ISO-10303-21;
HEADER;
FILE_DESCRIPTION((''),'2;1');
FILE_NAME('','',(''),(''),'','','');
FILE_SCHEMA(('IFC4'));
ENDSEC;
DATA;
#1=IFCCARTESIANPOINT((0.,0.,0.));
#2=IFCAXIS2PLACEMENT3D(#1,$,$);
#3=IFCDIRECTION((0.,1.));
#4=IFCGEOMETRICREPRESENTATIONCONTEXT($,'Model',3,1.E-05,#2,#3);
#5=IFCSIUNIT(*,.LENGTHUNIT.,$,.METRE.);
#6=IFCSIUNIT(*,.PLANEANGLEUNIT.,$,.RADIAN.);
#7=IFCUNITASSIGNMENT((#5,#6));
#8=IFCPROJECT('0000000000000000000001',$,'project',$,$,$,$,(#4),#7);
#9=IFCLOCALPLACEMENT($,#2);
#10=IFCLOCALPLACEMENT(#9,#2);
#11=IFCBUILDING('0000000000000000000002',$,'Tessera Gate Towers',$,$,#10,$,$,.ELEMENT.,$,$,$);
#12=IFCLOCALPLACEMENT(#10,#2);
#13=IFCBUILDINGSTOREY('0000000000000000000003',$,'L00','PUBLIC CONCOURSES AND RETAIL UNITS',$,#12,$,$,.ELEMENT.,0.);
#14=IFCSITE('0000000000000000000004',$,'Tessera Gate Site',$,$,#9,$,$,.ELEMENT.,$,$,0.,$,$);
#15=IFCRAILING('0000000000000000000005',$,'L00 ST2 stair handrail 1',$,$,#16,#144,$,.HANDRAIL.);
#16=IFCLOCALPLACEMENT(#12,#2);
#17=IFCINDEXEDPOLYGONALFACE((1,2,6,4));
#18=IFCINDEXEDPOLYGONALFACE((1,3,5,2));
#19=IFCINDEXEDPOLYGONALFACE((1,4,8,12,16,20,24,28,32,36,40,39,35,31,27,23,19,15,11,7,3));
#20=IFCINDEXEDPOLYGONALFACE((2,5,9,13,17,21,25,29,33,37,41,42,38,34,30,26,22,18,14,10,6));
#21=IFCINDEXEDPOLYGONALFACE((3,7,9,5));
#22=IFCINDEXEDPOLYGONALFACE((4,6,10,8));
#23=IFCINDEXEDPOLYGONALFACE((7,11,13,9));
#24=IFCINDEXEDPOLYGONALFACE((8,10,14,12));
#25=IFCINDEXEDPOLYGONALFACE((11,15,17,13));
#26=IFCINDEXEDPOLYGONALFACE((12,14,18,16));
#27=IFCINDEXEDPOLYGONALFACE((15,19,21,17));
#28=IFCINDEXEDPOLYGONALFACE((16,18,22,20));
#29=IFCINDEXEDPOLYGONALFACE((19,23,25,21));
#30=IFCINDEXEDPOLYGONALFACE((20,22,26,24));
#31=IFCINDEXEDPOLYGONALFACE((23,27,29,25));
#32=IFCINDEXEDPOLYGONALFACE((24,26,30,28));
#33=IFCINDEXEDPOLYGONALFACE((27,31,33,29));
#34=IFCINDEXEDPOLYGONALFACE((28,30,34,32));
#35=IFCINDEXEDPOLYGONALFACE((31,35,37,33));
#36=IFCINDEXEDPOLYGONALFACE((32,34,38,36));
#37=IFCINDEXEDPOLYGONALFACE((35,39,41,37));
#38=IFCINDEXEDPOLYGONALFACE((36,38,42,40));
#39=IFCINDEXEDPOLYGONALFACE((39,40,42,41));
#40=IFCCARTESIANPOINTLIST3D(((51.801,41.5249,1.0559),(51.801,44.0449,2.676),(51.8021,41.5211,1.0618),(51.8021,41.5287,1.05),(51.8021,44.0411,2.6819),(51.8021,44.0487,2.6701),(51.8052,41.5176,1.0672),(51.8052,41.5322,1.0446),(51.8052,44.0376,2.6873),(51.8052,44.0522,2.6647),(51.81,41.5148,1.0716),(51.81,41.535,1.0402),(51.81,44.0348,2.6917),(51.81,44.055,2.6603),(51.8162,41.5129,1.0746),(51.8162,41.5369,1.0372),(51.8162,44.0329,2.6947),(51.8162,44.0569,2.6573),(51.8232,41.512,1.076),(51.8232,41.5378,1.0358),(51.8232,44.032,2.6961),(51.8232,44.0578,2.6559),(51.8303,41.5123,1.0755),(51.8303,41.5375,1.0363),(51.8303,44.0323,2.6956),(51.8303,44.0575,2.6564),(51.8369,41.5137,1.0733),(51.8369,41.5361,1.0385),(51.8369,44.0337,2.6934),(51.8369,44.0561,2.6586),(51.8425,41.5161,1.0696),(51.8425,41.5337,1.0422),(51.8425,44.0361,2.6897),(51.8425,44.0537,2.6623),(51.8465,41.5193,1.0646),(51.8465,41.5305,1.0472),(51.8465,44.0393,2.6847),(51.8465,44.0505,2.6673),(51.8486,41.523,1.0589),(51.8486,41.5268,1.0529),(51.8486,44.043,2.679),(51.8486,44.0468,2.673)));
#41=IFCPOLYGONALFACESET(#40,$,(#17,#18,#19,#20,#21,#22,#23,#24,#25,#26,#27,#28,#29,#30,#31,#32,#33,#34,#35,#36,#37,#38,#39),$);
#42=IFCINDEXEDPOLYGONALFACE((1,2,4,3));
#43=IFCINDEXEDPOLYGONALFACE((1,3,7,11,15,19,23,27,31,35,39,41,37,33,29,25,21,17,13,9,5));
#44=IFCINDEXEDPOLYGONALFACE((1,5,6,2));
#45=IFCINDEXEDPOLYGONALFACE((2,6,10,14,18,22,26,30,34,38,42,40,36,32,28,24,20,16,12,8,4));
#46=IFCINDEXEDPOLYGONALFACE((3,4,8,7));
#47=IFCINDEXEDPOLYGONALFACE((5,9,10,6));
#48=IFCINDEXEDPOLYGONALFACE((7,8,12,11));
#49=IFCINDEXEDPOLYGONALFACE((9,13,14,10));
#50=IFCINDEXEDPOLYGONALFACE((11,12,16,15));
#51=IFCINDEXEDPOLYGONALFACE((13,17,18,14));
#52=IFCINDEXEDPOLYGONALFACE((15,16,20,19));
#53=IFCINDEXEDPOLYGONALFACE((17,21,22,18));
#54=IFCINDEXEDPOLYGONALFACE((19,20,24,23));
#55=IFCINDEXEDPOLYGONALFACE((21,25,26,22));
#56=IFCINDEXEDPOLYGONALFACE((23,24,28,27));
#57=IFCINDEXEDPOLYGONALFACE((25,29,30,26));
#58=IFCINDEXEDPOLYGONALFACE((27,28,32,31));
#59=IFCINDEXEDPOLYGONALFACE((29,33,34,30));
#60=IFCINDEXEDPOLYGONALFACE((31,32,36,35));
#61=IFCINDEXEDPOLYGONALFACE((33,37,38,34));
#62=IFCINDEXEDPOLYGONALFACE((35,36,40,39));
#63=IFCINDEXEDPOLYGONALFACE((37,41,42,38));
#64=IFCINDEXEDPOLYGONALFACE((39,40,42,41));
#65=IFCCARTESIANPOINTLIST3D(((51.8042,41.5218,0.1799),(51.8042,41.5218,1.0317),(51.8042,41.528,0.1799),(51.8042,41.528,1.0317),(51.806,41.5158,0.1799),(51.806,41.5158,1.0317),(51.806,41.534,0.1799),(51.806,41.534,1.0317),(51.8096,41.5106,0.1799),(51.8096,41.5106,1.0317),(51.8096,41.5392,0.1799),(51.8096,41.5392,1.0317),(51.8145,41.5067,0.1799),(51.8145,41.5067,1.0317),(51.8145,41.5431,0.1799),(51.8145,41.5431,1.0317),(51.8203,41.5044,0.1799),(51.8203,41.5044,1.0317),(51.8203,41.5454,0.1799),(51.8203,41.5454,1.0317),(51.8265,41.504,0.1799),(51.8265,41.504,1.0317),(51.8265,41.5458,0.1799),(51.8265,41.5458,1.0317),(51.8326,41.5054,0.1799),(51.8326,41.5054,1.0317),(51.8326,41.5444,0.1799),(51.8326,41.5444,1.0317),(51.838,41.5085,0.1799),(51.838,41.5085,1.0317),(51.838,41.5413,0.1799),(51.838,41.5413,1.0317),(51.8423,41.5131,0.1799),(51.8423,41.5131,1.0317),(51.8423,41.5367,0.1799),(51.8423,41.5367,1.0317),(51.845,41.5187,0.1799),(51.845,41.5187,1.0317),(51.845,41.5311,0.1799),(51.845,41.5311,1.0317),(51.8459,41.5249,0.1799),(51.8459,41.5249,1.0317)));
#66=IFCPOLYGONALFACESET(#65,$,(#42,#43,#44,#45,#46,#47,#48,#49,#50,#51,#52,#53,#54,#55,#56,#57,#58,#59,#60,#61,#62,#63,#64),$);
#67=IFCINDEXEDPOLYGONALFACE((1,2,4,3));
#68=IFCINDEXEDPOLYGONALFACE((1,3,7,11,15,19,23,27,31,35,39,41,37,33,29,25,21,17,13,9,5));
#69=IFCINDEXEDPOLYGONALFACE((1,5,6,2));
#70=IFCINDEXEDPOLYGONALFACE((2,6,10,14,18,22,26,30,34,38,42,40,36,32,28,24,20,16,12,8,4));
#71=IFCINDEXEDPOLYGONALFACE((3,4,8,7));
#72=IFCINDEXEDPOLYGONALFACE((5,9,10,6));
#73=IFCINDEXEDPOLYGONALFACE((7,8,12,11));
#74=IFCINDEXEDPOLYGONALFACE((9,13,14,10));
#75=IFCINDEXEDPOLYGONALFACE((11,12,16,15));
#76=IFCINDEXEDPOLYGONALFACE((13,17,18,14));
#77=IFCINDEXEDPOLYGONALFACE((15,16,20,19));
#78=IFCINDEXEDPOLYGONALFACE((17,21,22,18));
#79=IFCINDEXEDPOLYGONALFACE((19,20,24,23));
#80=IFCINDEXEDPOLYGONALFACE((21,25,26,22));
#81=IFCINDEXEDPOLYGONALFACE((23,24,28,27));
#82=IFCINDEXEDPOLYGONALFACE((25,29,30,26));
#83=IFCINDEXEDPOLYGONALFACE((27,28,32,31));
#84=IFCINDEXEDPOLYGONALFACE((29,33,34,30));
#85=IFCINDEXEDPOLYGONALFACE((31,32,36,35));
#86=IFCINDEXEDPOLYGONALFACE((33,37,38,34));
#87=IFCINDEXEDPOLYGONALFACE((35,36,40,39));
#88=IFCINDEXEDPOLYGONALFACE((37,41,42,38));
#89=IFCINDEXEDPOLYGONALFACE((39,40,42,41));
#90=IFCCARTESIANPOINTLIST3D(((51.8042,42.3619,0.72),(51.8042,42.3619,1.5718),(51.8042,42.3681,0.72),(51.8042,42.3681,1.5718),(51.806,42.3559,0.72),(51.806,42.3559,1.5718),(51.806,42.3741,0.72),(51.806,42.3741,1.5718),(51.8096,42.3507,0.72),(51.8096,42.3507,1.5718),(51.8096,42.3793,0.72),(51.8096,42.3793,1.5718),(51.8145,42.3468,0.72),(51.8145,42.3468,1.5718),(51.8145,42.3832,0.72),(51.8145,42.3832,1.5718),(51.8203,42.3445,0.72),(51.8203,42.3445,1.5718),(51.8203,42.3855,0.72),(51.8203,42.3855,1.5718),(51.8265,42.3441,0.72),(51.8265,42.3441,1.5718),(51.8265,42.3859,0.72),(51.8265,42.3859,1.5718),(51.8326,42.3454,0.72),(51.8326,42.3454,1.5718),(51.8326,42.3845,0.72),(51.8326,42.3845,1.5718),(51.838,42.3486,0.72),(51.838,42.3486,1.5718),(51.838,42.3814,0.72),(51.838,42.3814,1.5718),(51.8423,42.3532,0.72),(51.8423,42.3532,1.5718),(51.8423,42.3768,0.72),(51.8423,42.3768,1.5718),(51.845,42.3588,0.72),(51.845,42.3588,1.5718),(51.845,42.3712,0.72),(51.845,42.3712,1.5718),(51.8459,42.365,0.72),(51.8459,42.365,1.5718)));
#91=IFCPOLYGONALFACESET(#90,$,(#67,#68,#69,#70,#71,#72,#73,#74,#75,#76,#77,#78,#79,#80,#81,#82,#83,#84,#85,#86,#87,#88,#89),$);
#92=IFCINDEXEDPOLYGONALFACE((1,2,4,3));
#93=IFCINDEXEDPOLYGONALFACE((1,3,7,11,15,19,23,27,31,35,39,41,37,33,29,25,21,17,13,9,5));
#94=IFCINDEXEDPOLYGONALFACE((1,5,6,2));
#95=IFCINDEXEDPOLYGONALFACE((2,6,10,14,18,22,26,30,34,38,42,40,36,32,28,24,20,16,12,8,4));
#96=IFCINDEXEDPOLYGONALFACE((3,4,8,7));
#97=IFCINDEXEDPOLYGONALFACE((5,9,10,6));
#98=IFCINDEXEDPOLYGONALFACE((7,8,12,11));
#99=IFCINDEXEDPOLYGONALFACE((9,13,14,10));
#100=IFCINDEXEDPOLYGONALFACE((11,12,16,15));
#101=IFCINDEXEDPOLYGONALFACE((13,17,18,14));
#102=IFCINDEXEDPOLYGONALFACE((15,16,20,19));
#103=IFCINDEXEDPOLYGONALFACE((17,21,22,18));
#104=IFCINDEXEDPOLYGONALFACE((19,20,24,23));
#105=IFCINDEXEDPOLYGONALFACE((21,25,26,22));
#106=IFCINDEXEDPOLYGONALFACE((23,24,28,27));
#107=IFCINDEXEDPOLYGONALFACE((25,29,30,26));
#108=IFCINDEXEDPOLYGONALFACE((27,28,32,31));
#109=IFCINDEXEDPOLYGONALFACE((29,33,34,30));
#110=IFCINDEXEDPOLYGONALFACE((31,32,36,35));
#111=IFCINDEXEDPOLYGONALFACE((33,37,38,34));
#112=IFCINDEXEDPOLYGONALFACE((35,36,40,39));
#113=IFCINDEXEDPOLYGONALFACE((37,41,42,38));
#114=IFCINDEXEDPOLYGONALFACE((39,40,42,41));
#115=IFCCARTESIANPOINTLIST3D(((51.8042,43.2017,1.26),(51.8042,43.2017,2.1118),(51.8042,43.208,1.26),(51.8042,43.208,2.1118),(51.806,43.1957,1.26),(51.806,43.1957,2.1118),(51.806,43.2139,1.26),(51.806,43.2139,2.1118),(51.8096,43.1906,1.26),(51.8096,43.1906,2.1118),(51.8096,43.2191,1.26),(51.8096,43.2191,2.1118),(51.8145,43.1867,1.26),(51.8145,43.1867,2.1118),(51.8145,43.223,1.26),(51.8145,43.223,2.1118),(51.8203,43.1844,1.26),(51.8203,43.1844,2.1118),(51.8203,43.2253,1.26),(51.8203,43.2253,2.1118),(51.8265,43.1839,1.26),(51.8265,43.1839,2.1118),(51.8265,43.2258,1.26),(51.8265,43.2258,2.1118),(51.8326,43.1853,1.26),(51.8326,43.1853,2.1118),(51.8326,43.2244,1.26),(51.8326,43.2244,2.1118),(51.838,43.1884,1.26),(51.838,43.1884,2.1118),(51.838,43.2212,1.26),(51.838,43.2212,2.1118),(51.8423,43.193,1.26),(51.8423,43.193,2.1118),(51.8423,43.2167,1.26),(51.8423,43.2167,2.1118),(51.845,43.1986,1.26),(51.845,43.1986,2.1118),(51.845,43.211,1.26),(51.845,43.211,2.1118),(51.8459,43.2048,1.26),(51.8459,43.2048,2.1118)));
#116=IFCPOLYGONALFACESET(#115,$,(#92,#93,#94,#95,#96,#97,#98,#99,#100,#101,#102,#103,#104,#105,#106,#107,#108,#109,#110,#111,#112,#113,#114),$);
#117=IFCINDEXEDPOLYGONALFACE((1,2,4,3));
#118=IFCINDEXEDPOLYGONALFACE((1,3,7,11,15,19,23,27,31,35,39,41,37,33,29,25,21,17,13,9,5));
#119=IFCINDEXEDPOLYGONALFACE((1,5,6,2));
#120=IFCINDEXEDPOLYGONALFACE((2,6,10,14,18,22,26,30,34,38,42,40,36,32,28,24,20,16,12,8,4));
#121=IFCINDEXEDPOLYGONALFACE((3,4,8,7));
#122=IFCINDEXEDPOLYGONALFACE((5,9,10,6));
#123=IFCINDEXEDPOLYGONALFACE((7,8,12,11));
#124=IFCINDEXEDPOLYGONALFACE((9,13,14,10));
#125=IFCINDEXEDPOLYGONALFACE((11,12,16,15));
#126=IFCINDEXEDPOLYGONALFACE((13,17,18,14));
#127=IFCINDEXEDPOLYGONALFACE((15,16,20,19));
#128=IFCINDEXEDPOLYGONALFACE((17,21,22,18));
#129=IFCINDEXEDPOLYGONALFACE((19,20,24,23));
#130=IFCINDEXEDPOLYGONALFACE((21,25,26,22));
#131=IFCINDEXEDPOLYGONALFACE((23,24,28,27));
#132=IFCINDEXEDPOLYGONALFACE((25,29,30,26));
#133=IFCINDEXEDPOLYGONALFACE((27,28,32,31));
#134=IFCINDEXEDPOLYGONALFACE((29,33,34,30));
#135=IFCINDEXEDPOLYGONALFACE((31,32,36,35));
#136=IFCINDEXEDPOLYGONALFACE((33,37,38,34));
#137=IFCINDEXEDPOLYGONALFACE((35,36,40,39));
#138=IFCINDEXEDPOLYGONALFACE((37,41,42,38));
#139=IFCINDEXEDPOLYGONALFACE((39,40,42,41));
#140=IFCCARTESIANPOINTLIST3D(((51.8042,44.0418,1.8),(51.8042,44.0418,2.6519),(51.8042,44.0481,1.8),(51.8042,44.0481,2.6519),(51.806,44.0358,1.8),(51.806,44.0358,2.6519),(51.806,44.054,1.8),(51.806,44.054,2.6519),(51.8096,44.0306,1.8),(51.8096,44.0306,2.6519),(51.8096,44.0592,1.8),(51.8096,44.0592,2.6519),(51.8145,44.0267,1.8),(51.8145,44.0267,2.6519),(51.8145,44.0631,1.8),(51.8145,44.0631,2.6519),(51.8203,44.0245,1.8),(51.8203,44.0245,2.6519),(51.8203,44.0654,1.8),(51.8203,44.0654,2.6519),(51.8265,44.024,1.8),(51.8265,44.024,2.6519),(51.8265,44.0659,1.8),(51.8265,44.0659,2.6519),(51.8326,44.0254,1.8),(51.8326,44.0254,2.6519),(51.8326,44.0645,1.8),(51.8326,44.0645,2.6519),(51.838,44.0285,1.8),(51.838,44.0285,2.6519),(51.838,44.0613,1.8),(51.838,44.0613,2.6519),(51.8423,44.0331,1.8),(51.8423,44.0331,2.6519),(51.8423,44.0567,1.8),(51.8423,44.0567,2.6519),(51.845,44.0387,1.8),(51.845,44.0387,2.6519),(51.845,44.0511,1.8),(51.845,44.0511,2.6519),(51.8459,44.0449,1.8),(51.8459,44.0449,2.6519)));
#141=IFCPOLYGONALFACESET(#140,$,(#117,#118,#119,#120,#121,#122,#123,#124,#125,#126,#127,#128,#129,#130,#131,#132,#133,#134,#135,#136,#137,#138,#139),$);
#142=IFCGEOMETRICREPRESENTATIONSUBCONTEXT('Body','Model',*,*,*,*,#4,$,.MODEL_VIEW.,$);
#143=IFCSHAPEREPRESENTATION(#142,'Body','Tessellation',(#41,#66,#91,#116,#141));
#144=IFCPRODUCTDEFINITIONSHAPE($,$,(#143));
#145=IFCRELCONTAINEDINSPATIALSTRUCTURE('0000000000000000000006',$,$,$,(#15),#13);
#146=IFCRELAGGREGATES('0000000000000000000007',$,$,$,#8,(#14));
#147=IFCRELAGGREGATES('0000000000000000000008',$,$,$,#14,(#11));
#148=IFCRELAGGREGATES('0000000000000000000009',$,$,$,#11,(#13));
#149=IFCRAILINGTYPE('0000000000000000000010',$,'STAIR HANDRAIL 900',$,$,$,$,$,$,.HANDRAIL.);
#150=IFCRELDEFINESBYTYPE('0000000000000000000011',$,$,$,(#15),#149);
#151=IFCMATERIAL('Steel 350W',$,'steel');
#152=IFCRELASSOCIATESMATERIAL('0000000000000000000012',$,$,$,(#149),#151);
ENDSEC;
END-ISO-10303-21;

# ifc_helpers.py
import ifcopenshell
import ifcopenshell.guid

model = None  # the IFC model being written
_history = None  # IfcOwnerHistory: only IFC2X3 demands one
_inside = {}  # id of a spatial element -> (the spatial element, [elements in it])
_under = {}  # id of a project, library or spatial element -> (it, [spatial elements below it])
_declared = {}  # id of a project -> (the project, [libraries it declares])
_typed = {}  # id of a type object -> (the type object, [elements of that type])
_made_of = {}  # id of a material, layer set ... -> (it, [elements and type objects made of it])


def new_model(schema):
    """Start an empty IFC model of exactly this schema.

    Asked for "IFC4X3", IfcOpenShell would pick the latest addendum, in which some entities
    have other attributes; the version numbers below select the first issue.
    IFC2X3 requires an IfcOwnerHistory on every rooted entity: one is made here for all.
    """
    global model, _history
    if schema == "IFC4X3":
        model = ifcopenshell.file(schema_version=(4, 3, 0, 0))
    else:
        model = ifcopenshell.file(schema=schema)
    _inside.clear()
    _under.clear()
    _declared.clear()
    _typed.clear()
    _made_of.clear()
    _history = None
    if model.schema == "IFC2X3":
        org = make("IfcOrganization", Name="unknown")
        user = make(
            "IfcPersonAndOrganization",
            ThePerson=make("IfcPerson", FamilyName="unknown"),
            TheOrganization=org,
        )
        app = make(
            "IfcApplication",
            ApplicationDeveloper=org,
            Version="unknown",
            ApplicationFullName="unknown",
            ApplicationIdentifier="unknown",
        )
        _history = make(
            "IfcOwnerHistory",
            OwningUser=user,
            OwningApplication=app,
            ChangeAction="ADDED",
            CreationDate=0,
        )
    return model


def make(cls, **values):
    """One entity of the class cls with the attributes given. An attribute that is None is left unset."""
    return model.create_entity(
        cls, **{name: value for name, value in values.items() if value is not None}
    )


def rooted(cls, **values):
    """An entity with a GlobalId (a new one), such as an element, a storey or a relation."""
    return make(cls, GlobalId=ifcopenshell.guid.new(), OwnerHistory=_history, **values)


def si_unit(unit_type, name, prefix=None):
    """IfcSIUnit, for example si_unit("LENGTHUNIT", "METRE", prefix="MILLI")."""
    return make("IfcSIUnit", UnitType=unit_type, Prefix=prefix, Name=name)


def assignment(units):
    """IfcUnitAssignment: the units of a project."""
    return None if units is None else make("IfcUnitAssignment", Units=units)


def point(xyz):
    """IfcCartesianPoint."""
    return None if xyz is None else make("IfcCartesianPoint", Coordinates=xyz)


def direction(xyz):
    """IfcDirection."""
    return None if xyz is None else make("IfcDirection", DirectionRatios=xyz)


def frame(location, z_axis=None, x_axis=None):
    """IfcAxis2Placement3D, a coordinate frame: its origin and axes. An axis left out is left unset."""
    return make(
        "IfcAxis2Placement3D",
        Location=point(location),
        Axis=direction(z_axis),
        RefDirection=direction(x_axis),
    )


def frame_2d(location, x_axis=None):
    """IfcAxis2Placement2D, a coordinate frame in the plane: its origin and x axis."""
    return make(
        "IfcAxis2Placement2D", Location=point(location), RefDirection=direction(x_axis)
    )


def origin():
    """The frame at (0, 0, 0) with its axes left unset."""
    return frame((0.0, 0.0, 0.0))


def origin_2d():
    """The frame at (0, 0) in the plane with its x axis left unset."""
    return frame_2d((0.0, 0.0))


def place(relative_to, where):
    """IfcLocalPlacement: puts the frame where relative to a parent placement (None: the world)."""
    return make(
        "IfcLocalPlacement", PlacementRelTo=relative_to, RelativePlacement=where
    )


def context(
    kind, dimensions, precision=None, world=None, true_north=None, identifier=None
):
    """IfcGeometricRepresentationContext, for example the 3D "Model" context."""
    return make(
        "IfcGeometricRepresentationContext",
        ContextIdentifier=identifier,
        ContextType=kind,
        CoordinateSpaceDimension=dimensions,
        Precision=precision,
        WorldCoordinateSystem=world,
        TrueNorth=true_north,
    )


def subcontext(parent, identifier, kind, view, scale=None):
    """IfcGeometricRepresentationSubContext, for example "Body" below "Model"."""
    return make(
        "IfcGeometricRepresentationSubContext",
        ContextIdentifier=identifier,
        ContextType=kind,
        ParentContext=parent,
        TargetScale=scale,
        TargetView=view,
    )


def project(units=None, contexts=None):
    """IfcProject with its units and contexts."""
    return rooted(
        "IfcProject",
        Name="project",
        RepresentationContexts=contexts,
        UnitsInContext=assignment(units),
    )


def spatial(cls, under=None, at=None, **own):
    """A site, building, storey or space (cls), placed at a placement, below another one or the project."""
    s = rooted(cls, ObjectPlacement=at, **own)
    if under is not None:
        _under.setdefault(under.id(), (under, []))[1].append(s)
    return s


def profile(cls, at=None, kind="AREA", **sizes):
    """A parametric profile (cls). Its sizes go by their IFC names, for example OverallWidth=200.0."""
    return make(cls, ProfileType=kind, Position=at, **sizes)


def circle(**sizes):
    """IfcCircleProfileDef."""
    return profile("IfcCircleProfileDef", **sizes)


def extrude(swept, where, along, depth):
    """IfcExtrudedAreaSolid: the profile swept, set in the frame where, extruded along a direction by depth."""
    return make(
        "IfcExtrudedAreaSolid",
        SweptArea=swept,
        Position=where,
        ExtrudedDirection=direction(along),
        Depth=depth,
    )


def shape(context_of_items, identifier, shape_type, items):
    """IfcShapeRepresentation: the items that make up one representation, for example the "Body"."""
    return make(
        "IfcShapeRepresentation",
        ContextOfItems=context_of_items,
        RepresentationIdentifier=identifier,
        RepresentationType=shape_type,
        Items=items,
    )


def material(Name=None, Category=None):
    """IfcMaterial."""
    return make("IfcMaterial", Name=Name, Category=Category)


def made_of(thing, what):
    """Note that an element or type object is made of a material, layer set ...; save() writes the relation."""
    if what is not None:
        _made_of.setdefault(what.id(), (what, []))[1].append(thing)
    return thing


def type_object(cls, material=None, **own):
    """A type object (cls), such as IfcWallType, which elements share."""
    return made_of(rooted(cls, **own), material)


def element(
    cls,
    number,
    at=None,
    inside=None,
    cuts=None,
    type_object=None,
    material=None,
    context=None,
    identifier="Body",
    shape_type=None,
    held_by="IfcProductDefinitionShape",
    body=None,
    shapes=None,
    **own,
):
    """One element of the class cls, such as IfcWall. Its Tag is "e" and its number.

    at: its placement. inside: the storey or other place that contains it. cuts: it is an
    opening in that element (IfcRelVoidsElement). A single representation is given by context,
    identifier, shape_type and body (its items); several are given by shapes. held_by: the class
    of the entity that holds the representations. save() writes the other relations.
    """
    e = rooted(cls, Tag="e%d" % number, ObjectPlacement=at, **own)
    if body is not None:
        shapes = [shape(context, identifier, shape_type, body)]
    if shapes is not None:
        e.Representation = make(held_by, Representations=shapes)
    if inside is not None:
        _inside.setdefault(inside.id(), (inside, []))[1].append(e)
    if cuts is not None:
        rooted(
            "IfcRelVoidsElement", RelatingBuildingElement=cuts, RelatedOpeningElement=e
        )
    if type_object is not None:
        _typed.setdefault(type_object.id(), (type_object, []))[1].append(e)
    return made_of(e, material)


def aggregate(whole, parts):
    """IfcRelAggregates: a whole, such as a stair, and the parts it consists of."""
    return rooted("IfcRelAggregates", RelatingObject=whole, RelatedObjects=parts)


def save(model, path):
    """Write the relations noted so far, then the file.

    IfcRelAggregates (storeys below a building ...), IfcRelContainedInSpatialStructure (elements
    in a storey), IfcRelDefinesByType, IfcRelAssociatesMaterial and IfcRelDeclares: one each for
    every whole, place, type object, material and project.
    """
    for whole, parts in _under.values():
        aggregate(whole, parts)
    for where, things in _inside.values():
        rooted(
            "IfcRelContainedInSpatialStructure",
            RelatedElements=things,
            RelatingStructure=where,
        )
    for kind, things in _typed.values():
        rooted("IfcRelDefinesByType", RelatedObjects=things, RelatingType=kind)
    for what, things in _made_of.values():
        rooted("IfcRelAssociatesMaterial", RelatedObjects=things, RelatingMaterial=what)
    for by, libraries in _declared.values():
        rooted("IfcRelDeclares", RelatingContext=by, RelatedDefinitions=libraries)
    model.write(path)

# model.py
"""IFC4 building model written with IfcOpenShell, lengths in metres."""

from ifc_helpers import new_model, si_unit, direction, frame, origin, origin_2d, place, context, subcontext, project, spatial, circle, extrude, material, type_object, element, save


model = new_model("IFC4")

# Units and contexts
model_context = context("Model", 3, precision=1e-05, world=origin(), true_north=direction((0.0, 1.0)))
body_context = subcontext(model_context, "Body", "Model", "MODEL_VIEW")
ifc_project = project(units=[si_unit("LENGTHUNIT", "METRE"), si_unit("PLANEANGLEUNIT", "RADIAN")], contexts=[model_context])

# Site, building, storey
site_placement = place(None, origin())
site = spatial("IfcSite", under=ifc_project, at=site_placement, Name="Tessera Gate Site", CompositionType="ELEMENT", RefElevation=0.0)
building_placement = place(site_placement, origin())
building = spatial("IfcBuilding", under=site, at=building_placement, Name="Tessera Gate Towers", CompositionType="ELEMENT")
storey_placement = place(building_placement, origin())
storey = spatial("IfcBuildingStorey", under=building, at=storey_placement, Name="L00", Description="PUBLIC CONCOURSES AND RETAIL UNITS", CompositionType="ELEMENT", Elevation=0.0)

# Railing
ifc_material_1 = material(Name="Steel 350W", Category="steel")
railing_type_1 = type_object("IfcRailingType", Name="STAIR HANDRAIL 900", PredefinedType="HANDRAIL", material=ifc_material_1)
railing_1_placement = place(storey_placement, frame((51.825, 41.5249, 0.1799)))
element("IfcRailing", 1, at=railing_1_placement, inside=storey, type_object=railing_type_1, Name="L00 ST2 stair handrail 1", PredefinedType="HANDRAIL", context=body_context, shape_type="SweptSolid", body=[
    extrude(circle(Radius=0.0239, at=origin_2d()), frame((0.0, 0.0, 0.876), z_axis=(0.0, 0.841163, 0.540782), x_axis=(-1.0, 0.0, 0.0)), (0.0, 0.0, 1.0), 2.9958),
    extrude(circle(Radius=0.021, at=origin_2d()), origin(), (0.0, 0.0, 1.0), 0.8518),
    extrude(circle(Radius=0.021, at=origin_2d()), frame((0.0, 0.8401, 0.54)), (0.0, 0.0, 1.0), 0.8518),
    extrude(circle(Radius=0.021, at=origin_2d()), frame((0.0, 1.6799, 1.0801)), (0.0, 0.0, 1.0), 0.8518),
    extrude(circle(Radius=0.021, at=origin_2d()), frame((0.0, 2.52, 1.6201)), (0.0, 0.0, 1.0), 0.8518),
])

save(model, "model.ifc")
